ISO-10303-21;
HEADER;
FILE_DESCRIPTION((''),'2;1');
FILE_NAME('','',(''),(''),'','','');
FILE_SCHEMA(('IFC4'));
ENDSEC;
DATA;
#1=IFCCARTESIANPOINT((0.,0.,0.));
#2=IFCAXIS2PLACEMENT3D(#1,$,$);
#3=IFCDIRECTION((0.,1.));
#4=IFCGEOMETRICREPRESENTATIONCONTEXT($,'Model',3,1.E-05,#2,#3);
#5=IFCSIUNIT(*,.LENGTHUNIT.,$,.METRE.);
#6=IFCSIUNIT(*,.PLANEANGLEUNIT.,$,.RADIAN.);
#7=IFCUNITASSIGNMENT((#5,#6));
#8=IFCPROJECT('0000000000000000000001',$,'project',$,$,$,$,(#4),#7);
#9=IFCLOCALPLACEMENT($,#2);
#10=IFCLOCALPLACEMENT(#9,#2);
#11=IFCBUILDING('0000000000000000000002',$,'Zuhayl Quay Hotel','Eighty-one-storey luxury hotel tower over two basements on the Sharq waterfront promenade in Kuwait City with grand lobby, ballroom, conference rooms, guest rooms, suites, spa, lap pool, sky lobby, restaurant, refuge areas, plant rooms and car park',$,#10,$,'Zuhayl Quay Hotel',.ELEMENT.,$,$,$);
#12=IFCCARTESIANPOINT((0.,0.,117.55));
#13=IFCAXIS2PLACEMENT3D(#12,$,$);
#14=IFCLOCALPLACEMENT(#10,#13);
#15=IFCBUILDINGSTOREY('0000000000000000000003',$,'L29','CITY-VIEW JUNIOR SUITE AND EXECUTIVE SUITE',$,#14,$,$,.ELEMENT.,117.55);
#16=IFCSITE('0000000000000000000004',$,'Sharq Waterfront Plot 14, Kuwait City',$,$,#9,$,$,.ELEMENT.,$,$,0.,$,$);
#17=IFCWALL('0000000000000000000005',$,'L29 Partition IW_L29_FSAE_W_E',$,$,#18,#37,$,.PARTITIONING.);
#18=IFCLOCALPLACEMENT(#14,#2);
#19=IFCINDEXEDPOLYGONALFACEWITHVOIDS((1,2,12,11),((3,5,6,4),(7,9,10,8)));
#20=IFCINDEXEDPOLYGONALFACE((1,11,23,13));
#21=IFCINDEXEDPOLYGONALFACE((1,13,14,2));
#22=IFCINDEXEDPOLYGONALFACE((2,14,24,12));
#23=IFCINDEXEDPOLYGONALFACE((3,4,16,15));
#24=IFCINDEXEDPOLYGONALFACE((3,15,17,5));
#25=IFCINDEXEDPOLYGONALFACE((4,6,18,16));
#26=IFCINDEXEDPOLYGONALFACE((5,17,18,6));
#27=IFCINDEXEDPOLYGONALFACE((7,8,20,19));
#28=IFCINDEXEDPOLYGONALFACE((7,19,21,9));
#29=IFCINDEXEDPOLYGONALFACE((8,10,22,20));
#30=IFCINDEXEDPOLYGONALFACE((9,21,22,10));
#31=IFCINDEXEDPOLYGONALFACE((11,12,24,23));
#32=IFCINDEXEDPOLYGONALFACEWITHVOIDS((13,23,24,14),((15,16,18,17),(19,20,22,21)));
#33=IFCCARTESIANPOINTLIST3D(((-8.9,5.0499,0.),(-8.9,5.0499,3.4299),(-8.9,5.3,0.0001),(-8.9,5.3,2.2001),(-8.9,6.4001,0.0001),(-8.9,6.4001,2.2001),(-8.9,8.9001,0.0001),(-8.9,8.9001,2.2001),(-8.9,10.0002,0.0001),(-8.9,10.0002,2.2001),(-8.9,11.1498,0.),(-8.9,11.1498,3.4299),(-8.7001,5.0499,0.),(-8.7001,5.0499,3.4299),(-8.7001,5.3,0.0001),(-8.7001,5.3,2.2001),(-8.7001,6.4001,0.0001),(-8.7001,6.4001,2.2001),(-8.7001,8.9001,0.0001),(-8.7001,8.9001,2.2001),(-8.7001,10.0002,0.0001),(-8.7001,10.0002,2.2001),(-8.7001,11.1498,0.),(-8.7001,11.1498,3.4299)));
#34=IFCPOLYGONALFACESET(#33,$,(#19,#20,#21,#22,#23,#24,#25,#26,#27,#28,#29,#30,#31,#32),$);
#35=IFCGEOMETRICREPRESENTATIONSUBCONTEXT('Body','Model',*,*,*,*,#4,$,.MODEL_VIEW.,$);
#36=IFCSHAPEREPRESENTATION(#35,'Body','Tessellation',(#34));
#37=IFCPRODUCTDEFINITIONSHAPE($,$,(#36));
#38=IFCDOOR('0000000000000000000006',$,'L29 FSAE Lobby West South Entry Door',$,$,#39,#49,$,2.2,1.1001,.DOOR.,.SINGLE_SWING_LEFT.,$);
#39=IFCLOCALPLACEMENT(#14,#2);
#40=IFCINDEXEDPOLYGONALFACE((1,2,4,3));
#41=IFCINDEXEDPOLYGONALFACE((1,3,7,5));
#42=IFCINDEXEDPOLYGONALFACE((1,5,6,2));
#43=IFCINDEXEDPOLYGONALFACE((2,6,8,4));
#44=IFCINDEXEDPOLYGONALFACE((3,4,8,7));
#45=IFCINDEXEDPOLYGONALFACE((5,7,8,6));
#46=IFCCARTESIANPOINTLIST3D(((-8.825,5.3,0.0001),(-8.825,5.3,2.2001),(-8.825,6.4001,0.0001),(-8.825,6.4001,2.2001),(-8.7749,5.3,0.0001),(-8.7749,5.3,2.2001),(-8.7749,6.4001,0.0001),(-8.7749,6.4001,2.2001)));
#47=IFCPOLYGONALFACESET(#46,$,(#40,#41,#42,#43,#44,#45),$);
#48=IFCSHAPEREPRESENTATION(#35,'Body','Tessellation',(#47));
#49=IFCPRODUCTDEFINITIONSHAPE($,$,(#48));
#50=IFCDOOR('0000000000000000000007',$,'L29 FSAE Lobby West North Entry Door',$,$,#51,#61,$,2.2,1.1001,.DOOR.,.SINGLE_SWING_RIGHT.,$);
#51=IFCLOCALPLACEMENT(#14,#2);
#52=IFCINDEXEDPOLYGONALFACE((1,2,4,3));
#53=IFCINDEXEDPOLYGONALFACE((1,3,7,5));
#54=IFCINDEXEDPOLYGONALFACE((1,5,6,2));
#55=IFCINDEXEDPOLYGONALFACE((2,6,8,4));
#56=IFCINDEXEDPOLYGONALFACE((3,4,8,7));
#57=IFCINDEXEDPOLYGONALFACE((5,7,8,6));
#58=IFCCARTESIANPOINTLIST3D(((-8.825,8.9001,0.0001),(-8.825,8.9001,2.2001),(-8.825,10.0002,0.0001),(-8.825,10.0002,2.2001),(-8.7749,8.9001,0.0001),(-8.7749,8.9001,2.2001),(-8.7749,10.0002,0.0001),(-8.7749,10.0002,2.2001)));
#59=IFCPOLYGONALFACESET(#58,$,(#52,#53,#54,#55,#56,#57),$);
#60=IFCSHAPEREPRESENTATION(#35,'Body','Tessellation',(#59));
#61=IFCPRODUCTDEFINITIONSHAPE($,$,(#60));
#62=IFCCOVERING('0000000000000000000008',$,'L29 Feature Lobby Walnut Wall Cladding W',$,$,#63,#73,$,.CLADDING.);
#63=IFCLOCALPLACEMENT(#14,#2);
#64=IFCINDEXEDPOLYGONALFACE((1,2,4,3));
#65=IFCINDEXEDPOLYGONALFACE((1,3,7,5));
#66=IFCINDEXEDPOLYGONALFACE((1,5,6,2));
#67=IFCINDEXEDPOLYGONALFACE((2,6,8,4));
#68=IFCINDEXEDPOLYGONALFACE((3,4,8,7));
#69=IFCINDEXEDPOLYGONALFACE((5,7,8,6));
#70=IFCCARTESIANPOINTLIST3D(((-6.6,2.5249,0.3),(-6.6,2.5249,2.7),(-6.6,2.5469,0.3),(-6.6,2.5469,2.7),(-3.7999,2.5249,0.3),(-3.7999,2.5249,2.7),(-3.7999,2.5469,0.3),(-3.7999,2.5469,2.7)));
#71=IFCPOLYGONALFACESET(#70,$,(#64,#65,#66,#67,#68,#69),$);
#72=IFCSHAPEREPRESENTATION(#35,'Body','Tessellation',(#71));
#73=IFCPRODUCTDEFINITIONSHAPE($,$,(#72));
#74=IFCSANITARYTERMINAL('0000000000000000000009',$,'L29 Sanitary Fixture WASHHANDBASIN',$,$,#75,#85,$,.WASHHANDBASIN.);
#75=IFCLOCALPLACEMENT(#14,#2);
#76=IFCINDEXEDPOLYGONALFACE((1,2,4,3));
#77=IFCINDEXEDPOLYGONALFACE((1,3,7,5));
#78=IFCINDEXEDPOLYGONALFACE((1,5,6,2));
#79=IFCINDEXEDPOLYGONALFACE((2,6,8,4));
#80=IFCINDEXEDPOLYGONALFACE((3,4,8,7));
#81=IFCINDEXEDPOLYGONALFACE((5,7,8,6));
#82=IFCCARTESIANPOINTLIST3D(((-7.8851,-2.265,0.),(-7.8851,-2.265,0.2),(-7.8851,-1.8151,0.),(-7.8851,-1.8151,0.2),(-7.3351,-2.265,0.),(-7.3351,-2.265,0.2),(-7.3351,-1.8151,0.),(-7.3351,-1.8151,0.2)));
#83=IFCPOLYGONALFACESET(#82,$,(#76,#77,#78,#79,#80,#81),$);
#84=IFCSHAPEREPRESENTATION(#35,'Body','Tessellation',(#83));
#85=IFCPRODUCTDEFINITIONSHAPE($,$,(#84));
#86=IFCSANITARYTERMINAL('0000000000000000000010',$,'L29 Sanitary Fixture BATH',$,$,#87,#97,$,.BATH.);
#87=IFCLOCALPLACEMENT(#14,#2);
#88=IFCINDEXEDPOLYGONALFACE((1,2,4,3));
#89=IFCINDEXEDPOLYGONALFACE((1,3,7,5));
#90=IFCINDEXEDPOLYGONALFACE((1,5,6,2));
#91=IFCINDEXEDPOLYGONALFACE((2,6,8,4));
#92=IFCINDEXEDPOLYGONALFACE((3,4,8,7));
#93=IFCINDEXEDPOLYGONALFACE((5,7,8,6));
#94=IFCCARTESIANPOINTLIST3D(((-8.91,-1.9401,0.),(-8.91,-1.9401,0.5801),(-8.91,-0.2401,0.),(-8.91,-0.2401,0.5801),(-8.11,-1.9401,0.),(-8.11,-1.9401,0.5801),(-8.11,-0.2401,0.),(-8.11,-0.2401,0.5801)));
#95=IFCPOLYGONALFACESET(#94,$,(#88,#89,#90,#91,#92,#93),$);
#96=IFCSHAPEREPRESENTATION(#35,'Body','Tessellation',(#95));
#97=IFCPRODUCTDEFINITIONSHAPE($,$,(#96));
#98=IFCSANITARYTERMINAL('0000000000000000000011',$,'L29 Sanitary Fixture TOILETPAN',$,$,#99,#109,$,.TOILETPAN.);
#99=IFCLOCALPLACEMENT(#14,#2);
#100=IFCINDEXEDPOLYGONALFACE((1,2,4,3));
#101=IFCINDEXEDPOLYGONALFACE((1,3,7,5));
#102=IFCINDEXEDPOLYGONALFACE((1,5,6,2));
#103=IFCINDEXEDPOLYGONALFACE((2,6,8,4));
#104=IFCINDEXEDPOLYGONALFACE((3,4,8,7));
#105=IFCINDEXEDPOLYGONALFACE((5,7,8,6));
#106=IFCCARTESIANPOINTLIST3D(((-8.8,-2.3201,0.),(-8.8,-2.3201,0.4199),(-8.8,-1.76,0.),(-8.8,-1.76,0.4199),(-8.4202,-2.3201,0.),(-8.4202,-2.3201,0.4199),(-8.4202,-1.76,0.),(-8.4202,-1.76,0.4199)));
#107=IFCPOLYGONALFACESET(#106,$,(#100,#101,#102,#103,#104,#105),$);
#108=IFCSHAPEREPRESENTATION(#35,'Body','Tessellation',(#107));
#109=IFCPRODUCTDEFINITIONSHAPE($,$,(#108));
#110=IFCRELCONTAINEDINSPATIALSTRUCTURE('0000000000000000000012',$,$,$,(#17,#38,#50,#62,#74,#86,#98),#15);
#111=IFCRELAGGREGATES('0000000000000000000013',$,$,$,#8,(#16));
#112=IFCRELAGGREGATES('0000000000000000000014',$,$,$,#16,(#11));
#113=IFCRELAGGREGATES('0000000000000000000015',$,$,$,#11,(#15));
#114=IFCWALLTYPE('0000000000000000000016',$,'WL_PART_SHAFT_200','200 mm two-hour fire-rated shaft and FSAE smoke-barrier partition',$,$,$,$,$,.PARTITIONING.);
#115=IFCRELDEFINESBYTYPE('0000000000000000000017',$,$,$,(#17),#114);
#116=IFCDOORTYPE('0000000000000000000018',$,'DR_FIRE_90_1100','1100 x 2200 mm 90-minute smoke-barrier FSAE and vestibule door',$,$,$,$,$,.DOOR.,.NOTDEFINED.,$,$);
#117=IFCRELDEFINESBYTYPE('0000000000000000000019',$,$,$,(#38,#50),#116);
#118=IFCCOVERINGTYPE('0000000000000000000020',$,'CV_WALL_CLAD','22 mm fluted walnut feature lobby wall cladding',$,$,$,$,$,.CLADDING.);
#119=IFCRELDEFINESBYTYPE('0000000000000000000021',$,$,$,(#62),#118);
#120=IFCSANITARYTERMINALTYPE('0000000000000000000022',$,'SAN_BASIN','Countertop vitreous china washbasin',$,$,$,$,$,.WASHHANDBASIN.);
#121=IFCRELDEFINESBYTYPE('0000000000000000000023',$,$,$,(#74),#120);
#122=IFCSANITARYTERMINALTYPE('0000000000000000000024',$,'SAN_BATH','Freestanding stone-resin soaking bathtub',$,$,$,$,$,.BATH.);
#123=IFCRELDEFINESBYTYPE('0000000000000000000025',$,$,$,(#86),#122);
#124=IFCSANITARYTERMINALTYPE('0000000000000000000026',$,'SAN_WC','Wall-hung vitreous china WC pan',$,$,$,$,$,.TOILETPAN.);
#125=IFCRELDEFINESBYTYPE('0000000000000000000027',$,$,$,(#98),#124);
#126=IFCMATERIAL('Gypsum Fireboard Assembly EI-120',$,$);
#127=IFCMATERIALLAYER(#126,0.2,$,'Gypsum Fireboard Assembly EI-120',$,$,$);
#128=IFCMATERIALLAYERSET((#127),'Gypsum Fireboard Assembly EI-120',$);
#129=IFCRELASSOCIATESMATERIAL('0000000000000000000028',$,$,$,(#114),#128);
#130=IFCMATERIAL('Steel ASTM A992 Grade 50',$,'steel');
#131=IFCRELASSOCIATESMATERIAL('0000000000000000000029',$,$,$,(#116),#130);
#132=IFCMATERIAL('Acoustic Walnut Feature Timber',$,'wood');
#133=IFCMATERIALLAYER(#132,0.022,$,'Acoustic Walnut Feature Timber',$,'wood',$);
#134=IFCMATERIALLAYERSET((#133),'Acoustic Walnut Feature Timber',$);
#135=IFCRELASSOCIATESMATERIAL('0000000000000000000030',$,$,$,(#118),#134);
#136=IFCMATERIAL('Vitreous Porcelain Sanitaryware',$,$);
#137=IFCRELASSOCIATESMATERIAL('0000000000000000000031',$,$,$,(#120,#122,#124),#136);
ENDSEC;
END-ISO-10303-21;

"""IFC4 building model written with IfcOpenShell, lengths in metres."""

from ifc_helpers import new_model, si_unit, direction, frame, frame_2d, origin, origin_2d, place, context, subcontext, project, spatial, rectangle, extrude, material, layer, layer_set, type_object, element, fill, save


model = new_model("IFC4")

# Units and contexts
model_context = context("Model", 3, precision=1e-05, world=origin(), true_north=direction((0.0, 1.0)))
body_context = subcontext(model_context, "Body", "Model", "MODEL_VIEW")
ifc_project = project(units=[si_unit("LENGTHUNIT", "METRE"), si_unit("PLANEANGLEUNIT", "RADIAN")], contexts=[model_context])

# Site, building, storey
site_placement = place(None, origin())
site = spatial("IfcSite", under=ifc_project, at=site_placement, Name="Sharq Waterfront Plot 14, Kuwait City", CompositionType="ELEMENT", RefElevation=0.0)
building_placement = place(site_placement, origin())
building = spatial("IfcBuilding", under=site, at=building_placement, Name="Zuhayl Quay Hotel", Description="Eighty-one-storey luxury hotel tower over two basements on the Sharq waterfront promenade in Kuwait City with grand lobby, ballroom, conference rooms, guest rooms, suites, spa, lap pool, sky lobby, restaurant, refuge areas, plant rooms and car park", LongName="Zuhayl Quay Hotel", CompositionType="ELEMENT")
storey_placement = place(building_placement, frame((0.0, 0.0, 117.55)))
storey = spatial("IfcBuildingStorey", under=building, at=storey_placement, Name="L29", Description="CITY-VIEW JUNIOR SUITE AND EXECUTIVE SUITE", CompositionType="ELEMENT", Elevation=117.55)

# Shared definitions
ifc_material_1 = material(Name="Steel ASTM A992 Grade 50", Category="steel")

# Wall, openings, doors
ifc_material_2 = material(Name="Gypsum Fireboard Assembly EI-120")
ifc_layer_1 = layer(ifc_material_2, 0.2, Name="Gypsum Fireboard Assembly EI-120")
ifc_layer_set_1 = layer_set([ifc_layer_1], Name="Gypsum Fireboard Assembly EI-120")
wall_type_1 = type_object("IfcWallType", Name="WL_PART_SHAFT_200", Description="200 mm two-hour fire-rated shaft and FSAE smoke-barrier partition", PredefinedType="PARTITIONING", material=ifc_layer_set_1)
wall_1_placement = place(storey_placement, frame((-8.8, 5.05, 0.0), z_axis=(0.0, 0.0, 1.0), x_axis=(0.0, 1.0, 0.0)))
wall_1 = element("IfcWall", 1, at=wall_1_placement, inside=storey, type_object=wall_type_1, Name="L29 Partition IW_L29_FSAE_W_E", PredefinedType="PARTITIONING", context=body_context, shape_type="SweptSolid", body=[
    extrude(rectangle(XDim=6.0999, YDim=0.2, at=frame_2d((3.0498, 0.0))), origin(), (0.0, 0.0, 1.0), 3.4299),
])
opening_1_placement = place(wall_1_placement, frame((0.25, 0.0, 0.0)))
opening_1 = element("IfcOpeningElement", 2, at=opening_1_placement, cuts=wall_1, PredefinedType="OPENING", context=body_context, shape_type="SweptSolid", body=[
    extrude(rectangle(XDim=1.1001, YDim=2.2, at=frame_2d((0.55, 1.1001))), frame((0.0, 0.1099, 0.0), z_axis=(0.0, -1.0, 0.0), x_axis=(1.0, 0.0, 0.0)), (0.0, 0.0, 1.0), 0.22),
])
opening_2_placement = place(wall_1_placement, frame((3.8501, 0.0, 0.0)))
opening_2 = element("IfcOpeningElement", 3, at=opening_2_placement, cuts=wall_1, PredefinedType="OPENING", context=body_context, shape_type="SweptSolid", body=[
    extrude(rectangle(XDim=1.1001, YDim=2.2, at=frame_2d((0.55, 1.1001))), frame((0.0, 0.1099, 0.0), z_axis=(0.0, -1.0, 0.0), x_axis=(1.0, 0.0, 0.0)), (0.0, 0.0, 1.0), 0.22),
])
door_type_1 = type_object("IfcDoorType", Name="DR_FIRE_90_1100", Description="1100 x 2200 mm 90-minute smoke-barrier FSAE and vestibule door", OperationType="NOTDEFINED", PredefinedType="DOOR", material=ifc_material_1)
door_1_placement = place(opening_1_placement, origin())
door_1 = element("IfcDoor", 4, at=door_1_placement, inside=storey, type_object=door_type_1, Name="L29 FSAE Lobby West South Entry Door", OperationType="SINGLE_SWING_LEFT", OverallHeight=2.2, OverallWidth=1.1001, PredefinedType="DOOR", context=body_context, shape_type="SweptSolid", body=[
    extrude(rectangle(XDim=1.1001, YDim=2.2, at=frame_2d((0.55, 1.1001))), frame((0.0, 0.0249, 0.0), z_axis=(0.0, -1.0, 0.0), x_axis=(1.0, 0.0, 0.0)), (0.0, 0.0, 1.0), 0.05),
])
fill(opening_1, door_1)
door_2_placement = place(opening_2_placement, origin())
door_2 = element("IfcDoor", 5, at=door_2_placement, inside=storey, type_object=door_type_1, Name="L29 FSAE Lobby West North Entry Door", OperationType="SINGLE_SWING_RIGHT", OverallHeight=2.2, OverallWidth=1.1001, PredefinedType="DOOR", context=body_context, shape_type="SweptSolid", body=[
    extrude(rectangle(XDim=1.1001, YDim=2.2, at=frame_2d((0.55, 1.1001))), frame((0.0, 0.0249, 0.0), z_axis=(0.0, -1.0, 0.0), x_axis=(1.0, 0.0, 0.0)), (0.0, 0.0, 1.0), 0.05),
])
fill(opening_2, door_2)

# Covering
ifc_material_3 = material(Name="Acoustic Walnut Feature Timber", Category="wood")
ifc_layer_2 = layer(ifc_material_3, 0.022, Name="Acoustic Walnut Feature Timber", Category="wood")
ifc_layer_set_2 = layer_set([ifc_layer_2], Name="Acoustic Walnut Feature Timber")
covering_type = type_object("IfcCoveringType", Name="CV_WALL_CLAD", Description="22 mm fluted walnut feature lobby wall cladding", PredefinedType="CLADDING", material=ifc_layer_set_2)
covering_placement = place(storey_placement, frame((-5.2, 2.5359, 0.3), z_axis=(0.0, 0.0, 1.0), x_axis=(1.0, 0.0, 0.0)))
element("IfcCovering", 6, at=covering_placement, inside=storey, type_object=covering_type, Name="L29 Feature Lobby Walnut Wall Cladding W", PredefinedType="CLADDING", context=body_context, shape_type="SweptSolid", body=[
    extrude(rectangle(XDim=2.8, YDim=0.022, at=origin_2d()), origin(), (0.0, 0.0, 1.0), 2.3999),
])

# Sanitary terminals
ifc_material_4 = material(Name="Vitreous Porcelain Sanitaryware")
sanitary_terminal_type_1 = type_object("IfcSanitaryTerminalType", Name="SAN_BASIN", Description="Countertop vitreous china washbasin", PredefinedType="WASHHANDBASIN", material=ifc_material_4)
sanitary_terminal_1_placement = place(storey_placement, frame((-7.6101, -2.04, 0.0), z_axis=(0.0, 0.0, 1.0), x_axis=(1.0, 0.0, 0.0)))
element("IfcSanitaryTerminal", 7, at=sanitary_terminal_1_placement, inside=storey, type_object=sanitary_terminal_type_1, Name="L29 Sanitary Fixture WASHHANDBASIN", PredefinedType="WASHHANDBASIN", context=body_context, shape_type="SweptSolid", body=[
    extrude(rectangle(XDim=0.55, YDim=0.45, at=origin_2d()), origin(), (0.0, 0.0, 1.0), 0.2),
])
sanitary_terminal_type_2 = type_object("IfcSanitaryTerminalType", Name="SAN_BATH", Description="Freestanding stone-resin soaking bathtub", PredefinedType="BATH", material=ifc_material_4)
sanitary_terminal_2_placement = place(storey_placement, frame((-8.51, -1.0901, 0.0), z_axis=(0.0, 0.0, 1.0), x_axis=(1.0, 0.0, 0.0)))
element("IfcSanitaryTerminal", 8, at=sanitary_terminal_2_placement, inside=storey, type_object=sanitary_terminal_type_2, Name="L29 Sanitary Fixture BATH", PredefinedType="BATH", context=body_context, shape_type="SweptSolid", body=[
    extrude(rectangle(XDim=0.8, YDim=1.7, at=origin_2d()), origin(), (0.0, 0.0, 1.0), 0.5801),
])
sanitary_terminal_type_3 = type_object("IfcSanitaryTerminalType", Name="SAN_WC", Description="Wall-hung vitreous china WC pan", PredefinedType="TOILETPAN", material=ifc_material_4)
sanitary_terminal_3_placement = place(storey_placement, frame((-8.6101, -2.04, 0.0), z_axis=(0.0, 0.0, 1.0), x_axis=(1.0, 0.0, 0.0)))
element("IfcSanitaryTerminal", 9, at=sanitary_terminal_3_placement, inside=storey, type_object=sanitary_terminal_type_3, Name="L29 Sanitary Fixture TOILETPAN", PredefinedType="TOILETPAN", context=body_context, shape_type="SweptSolid", body=[
    extrude(rectangle(XDim=0.3799, YDim=0.5601, at=origin_2d()), origin(), (0.0, 0.0, 1.0), 0.4199),
])

save(model, "model.ifc")
